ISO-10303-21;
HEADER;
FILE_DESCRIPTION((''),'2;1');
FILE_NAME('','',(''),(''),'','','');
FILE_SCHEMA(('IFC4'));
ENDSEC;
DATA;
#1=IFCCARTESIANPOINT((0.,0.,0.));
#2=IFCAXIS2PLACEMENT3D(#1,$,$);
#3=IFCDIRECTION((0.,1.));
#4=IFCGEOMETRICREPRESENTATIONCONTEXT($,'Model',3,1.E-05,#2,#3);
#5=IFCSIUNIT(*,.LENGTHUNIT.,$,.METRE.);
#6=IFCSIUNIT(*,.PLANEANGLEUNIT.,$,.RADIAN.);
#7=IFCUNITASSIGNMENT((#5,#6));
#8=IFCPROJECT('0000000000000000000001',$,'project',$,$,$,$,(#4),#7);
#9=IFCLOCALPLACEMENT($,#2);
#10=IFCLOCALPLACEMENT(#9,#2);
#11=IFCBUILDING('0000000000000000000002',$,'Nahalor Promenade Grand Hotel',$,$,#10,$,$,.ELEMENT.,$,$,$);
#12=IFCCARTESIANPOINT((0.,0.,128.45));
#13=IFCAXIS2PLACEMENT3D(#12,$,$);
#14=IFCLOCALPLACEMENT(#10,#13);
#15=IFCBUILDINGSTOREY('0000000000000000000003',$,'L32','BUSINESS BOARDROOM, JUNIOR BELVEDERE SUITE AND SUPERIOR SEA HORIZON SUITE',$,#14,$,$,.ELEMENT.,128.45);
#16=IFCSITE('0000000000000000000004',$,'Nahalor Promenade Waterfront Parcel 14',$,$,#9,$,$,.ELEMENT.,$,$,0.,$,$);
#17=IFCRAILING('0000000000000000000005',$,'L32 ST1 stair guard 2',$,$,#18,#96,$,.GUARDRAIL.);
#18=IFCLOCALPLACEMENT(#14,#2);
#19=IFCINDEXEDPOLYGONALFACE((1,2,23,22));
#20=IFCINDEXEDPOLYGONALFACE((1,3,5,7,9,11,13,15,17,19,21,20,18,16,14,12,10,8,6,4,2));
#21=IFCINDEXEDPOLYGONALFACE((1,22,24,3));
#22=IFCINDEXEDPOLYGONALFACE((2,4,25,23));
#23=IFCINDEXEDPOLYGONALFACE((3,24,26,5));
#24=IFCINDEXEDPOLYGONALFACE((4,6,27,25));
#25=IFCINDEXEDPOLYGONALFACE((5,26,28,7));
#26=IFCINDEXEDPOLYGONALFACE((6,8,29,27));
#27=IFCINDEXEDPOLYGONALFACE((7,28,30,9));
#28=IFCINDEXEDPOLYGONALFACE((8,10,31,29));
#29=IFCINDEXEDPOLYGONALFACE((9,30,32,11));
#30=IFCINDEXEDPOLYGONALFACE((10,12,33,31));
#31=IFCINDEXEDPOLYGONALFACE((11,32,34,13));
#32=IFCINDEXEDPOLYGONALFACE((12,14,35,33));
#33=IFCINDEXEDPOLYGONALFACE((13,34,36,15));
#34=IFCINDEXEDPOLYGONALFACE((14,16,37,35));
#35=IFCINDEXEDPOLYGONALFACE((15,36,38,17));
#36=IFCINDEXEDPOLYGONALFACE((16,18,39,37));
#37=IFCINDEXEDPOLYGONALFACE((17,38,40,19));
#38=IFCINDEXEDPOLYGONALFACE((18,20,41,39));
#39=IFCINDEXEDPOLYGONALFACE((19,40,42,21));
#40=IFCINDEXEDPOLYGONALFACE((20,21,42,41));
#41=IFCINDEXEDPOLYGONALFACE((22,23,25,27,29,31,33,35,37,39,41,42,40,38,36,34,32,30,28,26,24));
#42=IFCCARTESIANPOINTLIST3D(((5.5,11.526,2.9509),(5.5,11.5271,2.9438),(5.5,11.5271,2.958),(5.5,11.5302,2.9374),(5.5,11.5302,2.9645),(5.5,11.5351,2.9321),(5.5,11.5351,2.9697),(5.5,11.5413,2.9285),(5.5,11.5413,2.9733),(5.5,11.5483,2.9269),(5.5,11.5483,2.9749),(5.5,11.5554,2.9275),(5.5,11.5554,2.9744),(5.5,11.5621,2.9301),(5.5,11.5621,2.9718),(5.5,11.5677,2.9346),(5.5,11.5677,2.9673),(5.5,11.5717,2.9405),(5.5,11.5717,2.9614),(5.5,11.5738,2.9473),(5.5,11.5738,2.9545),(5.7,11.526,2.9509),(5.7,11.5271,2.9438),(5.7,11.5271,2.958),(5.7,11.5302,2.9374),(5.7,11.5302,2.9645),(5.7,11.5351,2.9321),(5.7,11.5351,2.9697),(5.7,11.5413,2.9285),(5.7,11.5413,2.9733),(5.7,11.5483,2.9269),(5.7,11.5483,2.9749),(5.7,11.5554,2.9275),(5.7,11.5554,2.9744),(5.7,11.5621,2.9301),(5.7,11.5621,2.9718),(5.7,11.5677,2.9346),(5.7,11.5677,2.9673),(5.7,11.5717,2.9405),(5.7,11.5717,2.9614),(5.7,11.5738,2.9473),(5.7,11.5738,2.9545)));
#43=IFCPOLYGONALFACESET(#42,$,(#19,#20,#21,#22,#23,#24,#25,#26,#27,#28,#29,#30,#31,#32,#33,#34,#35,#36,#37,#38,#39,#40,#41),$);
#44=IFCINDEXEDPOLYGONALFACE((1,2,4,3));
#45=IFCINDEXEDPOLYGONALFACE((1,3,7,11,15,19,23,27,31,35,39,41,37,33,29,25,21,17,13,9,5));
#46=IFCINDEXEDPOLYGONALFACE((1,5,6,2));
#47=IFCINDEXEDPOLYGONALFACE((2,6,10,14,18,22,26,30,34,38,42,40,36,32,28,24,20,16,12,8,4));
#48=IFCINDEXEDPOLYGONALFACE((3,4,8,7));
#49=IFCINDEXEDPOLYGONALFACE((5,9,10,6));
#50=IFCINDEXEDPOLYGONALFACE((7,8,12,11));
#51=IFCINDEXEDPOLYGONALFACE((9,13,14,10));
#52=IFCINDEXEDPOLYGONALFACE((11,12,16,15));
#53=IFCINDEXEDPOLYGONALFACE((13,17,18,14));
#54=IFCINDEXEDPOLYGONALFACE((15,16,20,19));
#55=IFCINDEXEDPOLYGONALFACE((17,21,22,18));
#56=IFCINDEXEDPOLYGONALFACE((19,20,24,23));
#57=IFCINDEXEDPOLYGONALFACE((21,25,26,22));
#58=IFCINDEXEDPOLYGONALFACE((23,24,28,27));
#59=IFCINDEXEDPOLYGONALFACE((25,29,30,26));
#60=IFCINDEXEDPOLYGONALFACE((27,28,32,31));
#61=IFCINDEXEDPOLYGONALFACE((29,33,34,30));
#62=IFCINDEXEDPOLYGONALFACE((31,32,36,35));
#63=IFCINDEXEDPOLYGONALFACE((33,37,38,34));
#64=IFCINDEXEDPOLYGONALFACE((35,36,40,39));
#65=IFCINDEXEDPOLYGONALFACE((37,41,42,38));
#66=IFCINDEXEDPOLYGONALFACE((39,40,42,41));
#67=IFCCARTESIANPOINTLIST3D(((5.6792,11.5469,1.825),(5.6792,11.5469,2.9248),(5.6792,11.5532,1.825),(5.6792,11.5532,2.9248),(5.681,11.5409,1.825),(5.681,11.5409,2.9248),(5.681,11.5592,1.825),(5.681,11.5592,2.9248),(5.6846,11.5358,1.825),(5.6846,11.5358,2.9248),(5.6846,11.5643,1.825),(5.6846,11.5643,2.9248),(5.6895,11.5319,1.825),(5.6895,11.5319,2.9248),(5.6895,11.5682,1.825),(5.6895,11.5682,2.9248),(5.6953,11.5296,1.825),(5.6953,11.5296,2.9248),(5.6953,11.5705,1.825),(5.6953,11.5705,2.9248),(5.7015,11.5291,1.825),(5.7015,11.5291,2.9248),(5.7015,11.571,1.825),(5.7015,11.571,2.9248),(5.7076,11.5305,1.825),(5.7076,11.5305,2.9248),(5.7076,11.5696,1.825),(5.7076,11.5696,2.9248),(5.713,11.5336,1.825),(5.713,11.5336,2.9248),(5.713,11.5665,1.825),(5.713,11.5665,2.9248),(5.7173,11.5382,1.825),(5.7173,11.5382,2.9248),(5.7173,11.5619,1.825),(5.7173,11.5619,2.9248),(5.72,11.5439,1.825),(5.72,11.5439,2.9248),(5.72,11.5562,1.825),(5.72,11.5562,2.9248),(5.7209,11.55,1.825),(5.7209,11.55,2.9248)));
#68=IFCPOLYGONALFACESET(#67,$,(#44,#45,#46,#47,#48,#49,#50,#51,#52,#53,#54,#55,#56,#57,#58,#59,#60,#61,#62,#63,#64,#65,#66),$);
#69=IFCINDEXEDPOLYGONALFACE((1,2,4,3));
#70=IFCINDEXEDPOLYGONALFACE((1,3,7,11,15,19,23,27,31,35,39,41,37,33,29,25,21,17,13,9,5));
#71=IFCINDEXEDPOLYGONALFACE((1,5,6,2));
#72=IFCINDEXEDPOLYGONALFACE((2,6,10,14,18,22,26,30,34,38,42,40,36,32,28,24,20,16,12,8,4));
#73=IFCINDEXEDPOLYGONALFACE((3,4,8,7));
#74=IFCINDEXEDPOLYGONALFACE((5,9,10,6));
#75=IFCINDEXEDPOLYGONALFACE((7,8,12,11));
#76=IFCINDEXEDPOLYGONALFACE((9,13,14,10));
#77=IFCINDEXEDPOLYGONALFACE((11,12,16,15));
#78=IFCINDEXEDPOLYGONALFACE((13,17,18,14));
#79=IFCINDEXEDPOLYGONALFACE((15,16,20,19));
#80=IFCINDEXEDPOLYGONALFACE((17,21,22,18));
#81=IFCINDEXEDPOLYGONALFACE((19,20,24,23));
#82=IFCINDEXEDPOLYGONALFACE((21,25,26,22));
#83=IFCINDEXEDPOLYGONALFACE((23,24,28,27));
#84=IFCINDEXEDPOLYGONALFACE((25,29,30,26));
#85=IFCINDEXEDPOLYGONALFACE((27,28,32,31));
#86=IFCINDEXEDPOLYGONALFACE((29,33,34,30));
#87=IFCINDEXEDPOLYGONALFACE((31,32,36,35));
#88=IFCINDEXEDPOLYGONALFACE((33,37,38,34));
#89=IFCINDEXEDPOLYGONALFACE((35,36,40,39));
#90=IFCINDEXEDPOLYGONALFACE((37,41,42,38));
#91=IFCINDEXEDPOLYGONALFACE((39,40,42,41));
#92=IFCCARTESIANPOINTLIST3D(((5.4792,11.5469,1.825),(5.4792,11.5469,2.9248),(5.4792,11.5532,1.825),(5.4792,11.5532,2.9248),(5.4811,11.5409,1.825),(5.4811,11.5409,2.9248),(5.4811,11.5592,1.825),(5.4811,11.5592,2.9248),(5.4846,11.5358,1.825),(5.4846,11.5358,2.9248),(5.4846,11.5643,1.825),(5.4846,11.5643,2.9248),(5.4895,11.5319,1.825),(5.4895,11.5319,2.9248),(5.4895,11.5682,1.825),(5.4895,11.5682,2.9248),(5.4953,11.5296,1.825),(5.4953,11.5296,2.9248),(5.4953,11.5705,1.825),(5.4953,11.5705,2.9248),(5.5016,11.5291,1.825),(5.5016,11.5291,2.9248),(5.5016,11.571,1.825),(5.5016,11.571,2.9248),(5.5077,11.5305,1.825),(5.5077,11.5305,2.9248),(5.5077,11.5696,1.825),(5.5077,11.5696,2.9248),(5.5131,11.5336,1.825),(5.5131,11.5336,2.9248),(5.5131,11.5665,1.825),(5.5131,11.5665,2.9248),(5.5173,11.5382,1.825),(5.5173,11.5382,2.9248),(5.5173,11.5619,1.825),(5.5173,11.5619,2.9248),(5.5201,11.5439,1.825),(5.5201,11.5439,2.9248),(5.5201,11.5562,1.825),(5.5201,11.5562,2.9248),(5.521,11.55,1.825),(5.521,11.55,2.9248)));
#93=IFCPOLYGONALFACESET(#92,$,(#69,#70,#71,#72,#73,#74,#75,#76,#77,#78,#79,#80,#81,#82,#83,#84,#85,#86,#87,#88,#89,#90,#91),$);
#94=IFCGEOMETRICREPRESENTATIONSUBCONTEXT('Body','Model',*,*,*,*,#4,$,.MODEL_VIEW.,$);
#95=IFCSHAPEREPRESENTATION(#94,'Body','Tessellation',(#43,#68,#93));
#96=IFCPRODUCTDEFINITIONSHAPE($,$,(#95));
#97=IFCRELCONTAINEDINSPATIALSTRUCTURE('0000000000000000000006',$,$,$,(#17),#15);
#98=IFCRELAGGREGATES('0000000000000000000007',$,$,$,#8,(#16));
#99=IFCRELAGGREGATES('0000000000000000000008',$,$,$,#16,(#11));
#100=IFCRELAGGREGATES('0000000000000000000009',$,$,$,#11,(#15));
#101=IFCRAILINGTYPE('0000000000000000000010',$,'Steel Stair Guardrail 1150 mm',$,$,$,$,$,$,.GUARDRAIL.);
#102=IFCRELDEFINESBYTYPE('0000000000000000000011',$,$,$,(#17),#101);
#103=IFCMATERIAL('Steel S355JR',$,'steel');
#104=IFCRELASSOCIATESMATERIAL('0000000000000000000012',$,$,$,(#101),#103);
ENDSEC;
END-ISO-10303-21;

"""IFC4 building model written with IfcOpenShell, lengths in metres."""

from ifc_helpers import new_model, si_unit, direction, frame, origin, origin_2d, place, context, subcontext, project, spatial, circle, extrude, material, type_object, element, save


model = new_model("IFC4")

# Units and contexts
model_context = context("Model", 3, precision=1e-05, world=origin(), true_north=direction((0.0, 1.0)))
body_context = subcontext(model_context, "Body", "Model", "MODEL_VIEW")
ifc_project = project(units=[si_unit("LENGTHUNIT", "METRE"), si_unit("PLANEANGLEUNIT", "RADIAN")], contexts=[model_context])

# Site, building, storey
site_placement = place(None, origin())
site = spatial("IfcSite", under=ifc_project, at=site_placement, Name="Nahalor Promenade Waterfront Parcel 14", CompositionType="ELEMENT", RefElevation=0.0)
building_placement = place(site_placement, origin())
building = spatial("IfcBuilding", under=site, at=building_placement, Name="Nahalor Promenade Grand Hotel", CompositionType="ELEMENT")
storey_placement = place(building_placement, frame((0.0, 0.0, 128.45)))
storey = spatial("IfcBuildingStorey", under=building, at=storey_placement, Name="L32", Description="BUSINESS BOARDROOM, JUNIOR BELVEDERE SUITE AND SUPERIOR SEA HORIZON SUITE", CompositionType="ELEMENT", Elevation=128.45)

# Shared definitions
ifc_material_1 = material(Name="Steel S355JR", Category="steel")

# Railing
railing_type_1 = type_object("IfcRailingType", Name="Steel Stair Guardrail 1150 mm", PredefinedType="GUARDRAIL", material=ifc_material_1)
railing_1_placement = place(storey_placement, frame((5.7, 11.55, 1.825)))
element("IfcRailing", 1, at=railing_1_placement, inside=storey, type_object=railing_type_1, Name="L32 ST1 stair guard 2", PredefinedType="GUARDRAIL", context=body_context, shape_type="SweptSolid", body=[
    extrude(circle(Radius=0.024, at=origin_2d()), frame((0.0, 0.0, 1.126), z_axis=(-1.0, 0.0, 0.0), x_axis=(0.0, -1.0, 0.0)), (0.0, 0.0, 1.0), 0.2),
    extrude(circle(Radius=0.021, at=origin_2d()), origin(), (0.0, 0.0, 1.0), 1.0999),
    extrude(circle(Radius=0.021, at=origin_2d()), frame((-0.2, 0.0, 0.0)), (0.0, 0.0, 1.0), 1.0999),
])

save(model, "model.ifc")
